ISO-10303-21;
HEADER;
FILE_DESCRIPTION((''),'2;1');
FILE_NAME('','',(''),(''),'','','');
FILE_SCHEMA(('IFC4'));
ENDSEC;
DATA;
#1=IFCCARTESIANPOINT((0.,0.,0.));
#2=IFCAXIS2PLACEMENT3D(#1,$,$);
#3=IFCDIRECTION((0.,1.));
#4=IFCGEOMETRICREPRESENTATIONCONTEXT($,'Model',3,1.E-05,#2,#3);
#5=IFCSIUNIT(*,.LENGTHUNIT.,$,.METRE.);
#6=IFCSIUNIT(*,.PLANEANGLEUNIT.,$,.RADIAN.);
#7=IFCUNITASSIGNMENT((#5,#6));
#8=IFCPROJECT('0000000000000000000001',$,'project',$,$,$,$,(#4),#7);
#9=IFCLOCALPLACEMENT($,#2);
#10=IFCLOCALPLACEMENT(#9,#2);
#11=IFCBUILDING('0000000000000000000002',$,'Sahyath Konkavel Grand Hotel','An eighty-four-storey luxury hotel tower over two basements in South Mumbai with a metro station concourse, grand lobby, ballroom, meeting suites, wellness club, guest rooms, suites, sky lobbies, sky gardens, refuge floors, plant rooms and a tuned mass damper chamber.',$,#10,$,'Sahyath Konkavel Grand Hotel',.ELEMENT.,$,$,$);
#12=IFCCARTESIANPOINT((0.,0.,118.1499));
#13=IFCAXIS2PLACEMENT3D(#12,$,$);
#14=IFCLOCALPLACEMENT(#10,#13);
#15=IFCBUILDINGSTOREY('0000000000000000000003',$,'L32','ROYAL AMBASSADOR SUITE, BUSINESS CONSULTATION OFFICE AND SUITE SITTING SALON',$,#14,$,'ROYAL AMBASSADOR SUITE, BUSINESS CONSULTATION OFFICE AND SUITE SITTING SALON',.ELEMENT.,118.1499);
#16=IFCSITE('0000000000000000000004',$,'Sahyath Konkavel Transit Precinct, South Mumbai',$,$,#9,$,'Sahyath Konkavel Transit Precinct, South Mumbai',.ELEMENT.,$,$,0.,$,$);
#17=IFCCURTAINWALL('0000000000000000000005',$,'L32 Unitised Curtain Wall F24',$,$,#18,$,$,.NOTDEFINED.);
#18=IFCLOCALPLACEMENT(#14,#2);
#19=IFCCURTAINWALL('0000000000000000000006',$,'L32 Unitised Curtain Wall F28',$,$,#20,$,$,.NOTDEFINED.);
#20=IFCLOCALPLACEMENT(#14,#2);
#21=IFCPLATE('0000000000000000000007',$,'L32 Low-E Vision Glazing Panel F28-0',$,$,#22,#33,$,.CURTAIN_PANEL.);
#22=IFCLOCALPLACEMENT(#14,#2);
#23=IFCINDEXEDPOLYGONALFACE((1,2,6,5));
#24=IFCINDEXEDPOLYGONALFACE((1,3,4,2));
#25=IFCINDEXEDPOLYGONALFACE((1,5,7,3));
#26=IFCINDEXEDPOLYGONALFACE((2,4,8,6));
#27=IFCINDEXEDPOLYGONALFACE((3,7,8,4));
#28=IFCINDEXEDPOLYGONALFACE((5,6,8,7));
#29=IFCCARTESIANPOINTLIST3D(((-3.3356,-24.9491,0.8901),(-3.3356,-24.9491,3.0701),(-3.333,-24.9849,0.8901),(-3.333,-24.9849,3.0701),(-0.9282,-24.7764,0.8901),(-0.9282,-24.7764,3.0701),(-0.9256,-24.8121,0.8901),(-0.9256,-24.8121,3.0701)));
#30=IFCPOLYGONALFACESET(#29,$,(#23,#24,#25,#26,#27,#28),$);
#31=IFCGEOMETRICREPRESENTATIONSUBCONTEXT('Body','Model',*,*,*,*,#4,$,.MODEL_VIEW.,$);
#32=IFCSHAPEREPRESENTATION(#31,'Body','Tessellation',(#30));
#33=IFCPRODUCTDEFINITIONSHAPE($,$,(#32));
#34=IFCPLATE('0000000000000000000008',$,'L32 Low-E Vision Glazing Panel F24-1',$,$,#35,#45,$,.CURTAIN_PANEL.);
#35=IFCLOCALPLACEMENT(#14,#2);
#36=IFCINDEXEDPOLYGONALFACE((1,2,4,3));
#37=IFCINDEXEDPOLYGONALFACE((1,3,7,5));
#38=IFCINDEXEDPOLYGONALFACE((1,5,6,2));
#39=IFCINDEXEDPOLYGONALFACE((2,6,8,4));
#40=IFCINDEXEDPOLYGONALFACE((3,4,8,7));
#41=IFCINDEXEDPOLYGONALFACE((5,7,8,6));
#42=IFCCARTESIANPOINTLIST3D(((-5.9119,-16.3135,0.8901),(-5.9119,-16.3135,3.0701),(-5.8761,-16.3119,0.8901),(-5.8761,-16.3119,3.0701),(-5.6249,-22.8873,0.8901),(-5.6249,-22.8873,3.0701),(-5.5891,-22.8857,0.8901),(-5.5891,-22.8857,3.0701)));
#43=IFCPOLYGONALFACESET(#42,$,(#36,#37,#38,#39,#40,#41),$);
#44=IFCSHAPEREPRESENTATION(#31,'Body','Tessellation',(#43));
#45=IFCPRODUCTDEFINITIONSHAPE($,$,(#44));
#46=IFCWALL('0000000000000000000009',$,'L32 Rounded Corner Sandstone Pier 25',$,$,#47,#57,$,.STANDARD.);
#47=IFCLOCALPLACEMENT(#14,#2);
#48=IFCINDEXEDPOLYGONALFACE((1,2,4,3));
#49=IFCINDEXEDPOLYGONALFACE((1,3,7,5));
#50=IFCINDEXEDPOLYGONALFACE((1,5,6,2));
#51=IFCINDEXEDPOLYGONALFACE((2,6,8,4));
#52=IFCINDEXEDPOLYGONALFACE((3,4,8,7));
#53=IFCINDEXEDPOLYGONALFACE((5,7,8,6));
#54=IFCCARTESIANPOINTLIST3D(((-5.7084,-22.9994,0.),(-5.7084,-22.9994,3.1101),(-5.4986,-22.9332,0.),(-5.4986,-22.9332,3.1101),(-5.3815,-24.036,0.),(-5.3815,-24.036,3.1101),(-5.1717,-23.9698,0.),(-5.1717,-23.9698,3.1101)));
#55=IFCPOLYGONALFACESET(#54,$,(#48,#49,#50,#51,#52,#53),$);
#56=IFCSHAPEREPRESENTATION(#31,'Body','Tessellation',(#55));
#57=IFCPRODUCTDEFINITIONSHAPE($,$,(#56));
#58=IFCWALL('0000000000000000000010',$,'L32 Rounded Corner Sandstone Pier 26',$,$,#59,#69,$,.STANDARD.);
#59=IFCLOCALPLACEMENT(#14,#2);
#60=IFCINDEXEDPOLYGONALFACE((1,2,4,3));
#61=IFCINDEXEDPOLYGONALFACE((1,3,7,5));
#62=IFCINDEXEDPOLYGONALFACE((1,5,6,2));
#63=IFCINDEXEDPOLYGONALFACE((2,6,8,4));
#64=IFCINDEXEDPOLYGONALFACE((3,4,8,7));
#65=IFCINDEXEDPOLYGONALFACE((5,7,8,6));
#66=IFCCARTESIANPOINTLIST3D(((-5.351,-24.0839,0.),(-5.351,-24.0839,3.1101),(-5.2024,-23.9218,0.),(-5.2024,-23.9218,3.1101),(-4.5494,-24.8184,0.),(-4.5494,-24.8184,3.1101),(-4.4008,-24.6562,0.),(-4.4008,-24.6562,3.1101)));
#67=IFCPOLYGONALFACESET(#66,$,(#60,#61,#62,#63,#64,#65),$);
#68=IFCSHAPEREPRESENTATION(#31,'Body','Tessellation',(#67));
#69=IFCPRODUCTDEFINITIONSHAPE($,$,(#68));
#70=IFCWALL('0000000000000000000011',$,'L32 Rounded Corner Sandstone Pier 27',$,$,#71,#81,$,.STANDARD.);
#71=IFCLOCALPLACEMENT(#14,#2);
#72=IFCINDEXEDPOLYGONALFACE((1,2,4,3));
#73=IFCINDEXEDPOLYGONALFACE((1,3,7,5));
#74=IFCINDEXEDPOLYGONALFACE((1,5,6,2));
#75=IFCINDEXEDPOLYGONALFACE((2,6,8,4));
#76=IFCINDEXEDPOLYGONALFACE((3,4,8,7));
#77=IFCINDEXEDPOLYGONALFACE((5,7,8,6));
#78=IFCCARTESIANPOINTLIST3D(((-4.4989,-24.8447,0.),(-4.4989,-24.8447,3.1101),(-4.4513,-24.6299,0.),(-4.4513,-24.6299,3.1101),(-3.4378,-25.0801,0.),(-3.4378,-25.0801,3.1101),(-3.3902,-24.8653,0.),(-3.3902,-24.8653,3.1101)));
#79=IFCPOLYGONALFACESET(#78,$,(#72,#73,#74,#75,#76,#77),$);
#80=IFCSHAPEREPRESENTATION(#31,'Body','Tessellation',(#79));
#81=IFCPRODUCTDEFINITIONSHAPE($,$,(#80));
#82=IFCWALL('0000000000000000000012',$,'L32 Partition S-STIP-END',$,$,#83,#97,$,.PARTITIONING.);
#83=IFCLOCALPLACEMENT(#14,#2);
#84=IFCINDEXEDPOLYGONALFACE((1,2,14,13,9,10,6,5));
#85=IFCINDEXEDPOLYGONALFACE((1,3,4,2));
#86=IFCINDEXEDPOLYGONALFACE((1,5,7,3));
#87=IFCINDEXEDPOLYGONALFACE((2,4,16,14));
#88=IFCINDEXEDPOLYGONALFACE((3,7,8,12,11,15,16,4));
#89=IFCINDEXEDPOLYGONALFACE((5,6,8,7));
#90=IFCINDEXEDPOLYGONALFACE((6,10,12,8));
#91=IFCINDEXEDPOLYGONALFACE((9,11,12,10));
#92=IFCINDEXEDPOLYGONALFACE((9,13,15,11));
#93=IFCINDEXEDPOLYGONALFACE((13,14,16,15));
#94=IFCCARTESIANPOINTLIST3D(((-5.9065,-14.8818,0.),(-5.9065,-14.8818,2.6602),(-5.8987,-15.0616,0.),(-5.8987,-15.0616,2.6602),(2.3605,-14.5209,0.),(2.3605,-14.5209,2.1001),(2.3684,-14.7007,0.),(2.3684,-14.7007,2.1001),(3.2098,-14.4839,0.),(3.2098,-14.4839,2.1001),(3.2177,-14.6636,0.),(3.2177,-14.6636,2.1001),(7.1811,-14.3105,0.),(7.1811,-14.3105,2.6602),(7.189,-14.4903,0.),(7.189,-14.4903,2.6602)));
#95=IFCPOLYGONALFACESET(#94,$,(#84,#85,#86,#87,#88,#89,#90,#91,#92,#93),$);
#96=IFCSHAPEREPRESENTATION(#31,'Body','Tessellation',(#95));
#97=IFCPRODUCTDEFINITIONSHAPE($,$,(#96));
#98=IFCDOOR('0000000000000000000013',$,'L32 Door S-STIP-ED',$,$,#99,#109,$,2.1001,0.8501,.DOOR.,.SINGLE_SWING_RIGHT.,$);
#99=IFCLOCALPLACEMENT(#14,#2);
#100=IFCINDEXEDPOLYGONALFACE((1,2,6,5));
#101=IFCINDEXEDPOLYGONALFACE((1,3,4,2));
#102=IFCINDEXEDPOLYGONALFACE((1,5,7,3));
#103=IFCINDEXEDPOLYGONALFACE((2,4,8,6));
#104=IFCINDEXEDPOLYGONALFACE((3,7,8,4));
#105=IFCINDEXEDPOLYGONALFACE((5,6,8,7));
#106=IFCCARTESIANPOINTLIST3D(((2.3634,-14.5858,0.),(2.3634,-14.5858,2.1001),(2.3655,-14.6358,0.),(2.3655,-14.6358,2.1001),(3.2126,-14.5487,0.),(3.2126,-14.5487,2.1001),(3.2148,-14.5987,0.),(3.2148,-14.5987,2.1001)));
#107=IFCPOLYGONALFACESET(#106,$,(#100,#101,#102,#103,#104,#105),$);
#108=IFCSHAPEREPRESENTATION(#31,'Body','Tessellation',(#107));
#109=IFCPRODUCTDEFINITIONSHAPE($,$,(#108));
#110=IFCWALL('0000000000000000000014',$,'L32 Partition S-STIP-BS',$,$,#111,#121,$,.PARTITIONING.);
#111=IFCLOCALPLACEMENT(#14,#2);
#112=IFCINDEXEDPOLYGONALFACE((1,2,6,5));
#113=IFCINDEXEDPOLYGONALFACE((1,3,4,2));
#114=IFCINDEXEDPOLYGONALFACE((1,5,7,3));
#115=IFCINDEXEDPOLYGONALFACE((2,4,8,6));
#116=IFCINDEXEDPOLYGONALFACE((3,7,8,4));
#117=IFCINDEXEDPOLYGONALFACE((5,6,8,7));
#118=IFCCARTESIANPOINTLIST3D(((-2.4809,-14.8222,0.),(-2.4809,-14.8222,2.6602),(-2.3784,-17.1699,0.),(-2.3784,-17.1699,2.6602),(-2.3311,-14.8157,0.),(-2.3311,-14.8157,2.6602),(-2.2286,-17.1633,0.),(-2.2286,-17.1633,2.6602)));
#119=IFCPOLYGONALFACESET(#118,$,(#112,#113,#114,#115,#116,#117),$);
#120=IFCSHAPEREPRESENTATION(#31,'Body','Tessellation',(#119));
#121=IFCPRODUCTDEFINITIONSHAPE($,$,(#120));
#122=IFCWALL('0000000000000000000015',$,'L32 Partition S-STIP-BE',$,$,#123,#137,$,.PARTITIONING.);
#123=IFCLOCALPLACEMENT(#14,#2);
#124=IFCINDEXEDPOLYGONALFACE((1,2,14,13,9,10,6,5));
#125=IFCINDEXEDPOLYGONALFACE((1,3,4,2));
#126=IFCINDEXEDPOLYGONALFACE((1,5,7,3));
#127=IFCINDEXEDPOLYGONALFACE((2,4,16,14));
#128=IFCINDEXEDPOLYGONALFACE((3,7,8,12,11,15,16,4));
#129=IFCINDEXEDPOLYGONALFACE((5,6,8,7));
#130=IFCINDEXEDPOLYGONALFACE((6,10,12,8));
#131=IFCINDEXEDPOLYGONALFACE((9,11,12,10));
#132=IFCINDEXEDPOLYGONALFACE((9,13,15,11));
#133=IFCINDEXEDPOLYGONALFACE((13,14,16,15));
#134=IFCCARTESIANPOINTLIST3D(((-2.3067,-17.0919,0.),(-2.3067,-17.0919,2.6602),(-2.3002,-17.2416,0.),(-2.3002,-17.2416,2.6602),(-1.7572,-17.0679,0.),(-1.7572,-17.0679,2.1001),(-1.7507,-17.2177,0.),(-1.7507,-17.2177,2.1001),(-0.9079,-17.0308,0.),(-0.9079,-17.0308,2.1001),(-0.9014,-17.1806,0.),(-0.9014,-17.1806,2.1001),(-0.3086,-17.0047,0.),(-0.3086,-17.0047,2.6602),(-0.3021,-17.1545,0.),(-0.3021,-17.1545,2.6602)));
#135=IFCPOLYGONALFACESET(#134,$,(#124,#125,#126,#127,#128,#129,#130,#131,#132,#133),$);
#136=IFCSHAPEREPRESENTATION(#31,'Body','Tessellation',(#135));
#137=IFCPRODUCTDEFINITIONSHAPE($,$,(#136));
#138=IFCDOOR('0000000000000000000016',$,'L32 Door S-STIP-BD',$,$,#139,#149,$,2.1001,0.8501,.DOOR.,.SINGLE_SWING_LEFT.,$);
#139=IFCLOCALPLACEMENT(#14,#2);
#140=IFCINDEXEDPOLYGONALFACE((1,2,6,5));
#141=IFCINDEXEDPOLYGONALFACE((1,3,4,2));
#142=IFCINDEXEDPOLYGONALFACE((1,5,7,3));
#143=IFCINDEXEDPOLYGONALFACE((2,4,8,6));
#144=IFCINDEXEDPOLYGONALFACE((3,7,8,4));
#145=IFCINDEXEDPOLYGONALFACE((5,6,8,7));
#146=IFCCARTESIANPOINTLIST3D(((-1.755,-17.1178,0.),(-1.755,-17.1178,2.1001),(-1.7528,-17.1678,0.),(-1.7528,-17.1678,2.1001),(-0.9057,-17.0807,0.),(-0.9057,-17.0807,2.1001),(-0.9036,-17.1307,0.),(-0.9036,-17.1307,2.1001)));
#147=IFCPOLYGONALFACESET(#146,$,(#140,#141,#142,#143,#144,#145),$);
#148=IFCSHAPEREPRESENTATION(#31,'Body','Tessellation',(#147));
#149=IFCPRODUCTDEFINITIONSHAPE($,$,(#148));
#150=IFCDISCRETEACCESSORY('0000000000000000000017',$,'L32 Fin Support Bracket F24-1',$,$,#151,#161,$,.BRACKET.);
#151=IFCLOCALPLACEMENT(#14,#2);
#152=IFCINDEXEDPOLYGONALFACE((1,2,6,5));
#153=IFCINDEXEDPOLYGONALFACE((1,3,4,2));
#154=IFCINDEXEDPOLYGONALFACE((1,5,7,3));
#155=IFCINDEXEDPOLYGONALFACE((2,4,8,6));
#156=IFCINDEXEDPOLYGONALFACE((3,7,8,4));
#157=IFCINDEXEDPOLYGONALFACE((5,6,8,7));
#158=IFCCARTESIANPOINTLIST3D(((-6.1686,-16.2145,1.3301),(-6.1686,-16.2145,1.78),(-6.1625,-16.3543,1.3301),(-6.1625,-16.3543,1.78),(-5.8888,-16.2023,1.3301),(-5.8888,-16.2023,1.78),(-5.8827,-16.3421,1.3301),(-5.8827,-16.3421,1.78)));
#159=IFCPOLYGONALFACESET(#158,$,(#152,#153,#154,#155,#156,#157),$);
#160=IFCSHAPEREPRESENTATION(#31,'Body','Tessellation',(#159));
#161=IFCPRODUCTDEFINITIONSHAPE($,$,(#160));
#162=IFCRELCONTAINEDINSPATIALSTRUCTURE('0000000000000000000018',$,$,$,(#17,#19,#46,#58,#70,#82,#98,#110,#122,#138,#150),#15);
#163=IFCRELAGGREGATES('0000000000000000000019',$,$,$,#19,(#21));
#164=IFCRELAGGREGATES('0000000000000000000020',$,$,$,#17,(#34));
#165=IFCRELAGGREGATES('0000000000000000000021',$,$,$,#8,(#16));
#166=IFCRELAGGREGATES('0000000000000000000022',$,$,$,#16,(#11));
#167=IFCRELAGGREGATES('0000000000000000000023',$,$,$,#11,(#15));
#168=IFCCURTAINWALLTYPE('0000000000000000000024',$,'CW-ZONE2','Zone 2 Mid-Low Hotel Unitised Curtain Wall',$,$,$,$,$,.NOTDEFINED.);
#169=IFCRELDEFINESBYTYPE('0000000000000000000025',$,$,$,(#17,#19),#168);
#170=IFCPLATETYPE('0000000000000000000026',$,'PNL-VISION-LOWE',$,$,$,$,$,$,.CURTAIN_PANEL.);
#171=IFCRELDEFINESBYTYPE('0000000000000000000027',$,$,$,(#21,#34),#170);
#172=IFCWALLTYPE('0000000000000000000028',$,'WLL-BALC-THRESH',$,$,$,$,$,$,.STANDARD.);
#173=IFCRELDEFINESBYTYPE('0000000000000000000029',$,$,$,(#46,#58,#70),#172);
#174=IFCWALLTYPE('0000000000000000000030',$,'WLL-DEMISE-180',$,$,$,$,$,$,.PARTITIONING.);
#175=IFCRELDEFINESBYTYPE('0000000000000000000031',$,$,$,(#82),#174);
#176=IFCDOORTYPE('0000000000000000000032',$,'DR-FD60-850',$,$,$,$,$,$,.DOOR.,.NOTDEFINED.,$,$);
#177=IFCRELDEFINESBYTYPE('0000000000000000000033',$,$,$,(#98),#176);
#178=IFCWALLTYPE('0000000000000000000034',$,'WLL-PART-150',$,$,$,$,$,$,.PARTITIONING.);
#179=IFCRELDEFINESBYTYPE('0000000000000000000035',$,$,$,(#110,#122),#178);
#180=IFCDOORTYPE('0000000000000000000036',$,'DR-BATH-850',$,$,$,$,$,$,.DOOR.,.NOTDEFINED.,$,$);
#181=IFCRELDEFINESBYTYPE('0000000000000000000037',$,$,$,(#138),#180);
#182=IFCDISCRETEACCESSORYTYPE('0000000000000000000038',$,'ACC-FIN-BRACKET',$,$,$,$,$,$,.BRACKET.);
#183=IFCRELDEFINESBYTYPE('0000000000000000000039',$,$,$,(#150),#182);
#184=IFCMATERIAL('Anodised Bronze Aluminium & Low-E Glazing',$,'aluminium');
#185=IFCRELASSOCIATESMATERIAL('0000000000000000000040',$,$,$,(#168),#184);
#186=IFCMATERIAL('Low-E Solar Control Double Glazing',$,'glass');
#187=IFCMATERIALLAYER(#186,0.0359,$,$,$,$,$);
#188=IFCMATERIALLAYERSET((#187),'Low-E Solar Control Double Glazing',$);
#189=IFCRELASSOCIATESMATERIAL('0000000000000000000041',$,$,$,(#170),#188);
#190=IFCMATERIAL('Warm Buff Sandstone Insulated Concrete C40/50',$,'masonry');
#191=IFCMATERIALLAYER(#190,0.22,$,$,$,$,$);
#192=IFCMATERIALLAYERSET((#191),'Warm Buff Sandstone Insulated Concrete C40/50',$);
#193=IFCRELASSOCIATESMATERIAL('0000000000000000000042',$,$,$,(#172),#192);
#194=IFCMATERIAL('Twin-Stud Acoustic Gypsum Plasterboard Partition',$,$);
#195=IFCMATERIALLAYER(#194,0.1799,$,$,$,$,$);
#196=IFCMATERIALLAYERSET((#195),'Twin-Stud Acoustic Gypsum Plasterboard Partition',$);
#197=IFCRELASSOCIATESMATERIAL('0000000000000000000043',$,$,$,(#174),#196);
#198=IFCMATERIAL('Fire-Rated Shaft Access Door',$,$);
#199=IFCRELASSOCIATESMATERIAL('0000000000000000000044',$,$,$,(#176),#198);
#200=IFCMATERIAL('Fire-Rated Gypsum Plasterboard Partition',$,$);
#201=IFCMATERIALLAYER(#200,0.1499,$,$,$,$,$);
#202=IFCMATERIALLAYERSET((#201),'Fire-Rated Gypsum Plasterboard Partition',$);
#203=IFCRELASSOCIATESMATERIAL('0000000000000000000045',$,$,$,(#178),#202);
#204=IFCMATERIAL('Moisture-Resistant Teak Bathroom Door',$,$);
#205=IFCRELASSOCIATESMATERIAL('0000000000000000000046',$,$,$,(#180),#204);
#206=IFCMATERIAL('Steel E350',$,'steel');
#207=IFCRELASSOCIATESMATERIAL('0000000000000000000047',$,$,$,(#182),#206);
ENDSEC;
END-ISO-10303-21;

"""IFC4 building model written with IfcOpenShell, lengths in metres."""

from ifc_helpers import new_model, si_unit, direction, frame, frame_2d, origin, origin_2d, place, context, subcontext, project, spatial, rectangle, extrude, source, transform, mapped, material, layer, layer_set, type_object, element, fill, aggregate, save


model = new_model("IFC4")

# Units and contexts
model_context = context("Model", 3, precision=1e-05, world=origin(), true_north=direction((0.0, 1.0)))
body_context = subcontext(model_context, "Body", "Model", "MODEL_VIEW")
ifc_project = project(units=[si_unit("LENGTHUNIT", "METRE"), si_unit("PLANEANGLEUNIT", "RADIAN")], contexts=[model_context])

# Site, building, storey
site_placement = place(None, origin())
site = spatial("IfcSite", under=ifc_project, at=site_placement, Name="Sahyath Konkavel Transit Precinct, South Mumbai", LongName="Sahyath Konkavel Transit Precinct, South Mumbai", CompositionType="ELEMENT", RefElevation=0.0)
building_placement = place(site_placement, origin())
building = spatial("IfcBuilding", under=site, at=building_placement, Name="Sahyath Konkavel Grand Hotel", Description="An eighty-four-storey luxury hotel tower over two basements in South Mumbai with a metro station concourse, grand lobby, ballroom, meeting suites, wellness club, guest rooms, suites, sky lobbies, sky gardens, refuge floors, plant rooms and a tuned mass damper chamber.", LongName="Sahyath Konkavel Grand Hotel", CompositionType="ELEMENT")
storey_placement = place(building_placement, frame((0.0, 0.0, 118.1499)))
storey = spatial("IfcBuildingStorey", under=building, at=storey_placement, Name="L32", Description="ROYAL AMBASSADOR SUITE, BUSINESS CONSULTATION OFFICE AND SUITE SITTING SALON", LongName="ROYAL AMBASSADOR SUITE, BUSINESS CONSULTATION OFFICE AND SUITE SITTING SALON", CompositionType="ELEMENT", Elevation=118.1499)

# Shared definitions
ifc_material_1 = material(Name="Steel E350", Category="steel")

# Curtain walls
ifc_material_2 = material(Name="Anodised Bronze Aluminium & Low-E Glazing", Category="aluminium")
curtain_wall_type = type_object("IfcCurtainWallType", Name="CW-ZONE2", Description="Zone 2 Mid-Low Hotel Unitised Curtain Wall", PredefinedType="NOTDEFINED", material=ifc_material_2)
curtain_wall_1_placement = place(storey_placement, origin())
curtain_wall_1 = element("IfcCurtainWall", 1, at=curtain_wall_1_placement, inside=storey, type_object=curtain_wall_type, Name="L32 Unitised Curtain Wall F24", PredefinedType="NOTDEFINED")
curtain_wall_2_placement = place(storey_placement, origin())
curtain_wall_2 = element("IfcCurtainWall", 2, at=curtain_wall_2_placement, inside=storey, type_object=curtain_wall_type, Name="L32 Unitised Curtain Wall F28", PredefinedType="NOTDEFINED")

# Plates
ifc_material_3 = material(Name="Low-E Solar Control Double Glazing", Category="glass")
ifc_layer_1 = layer(ifc_material_3, 0.0359)
ifc_layer_set_1 = layer_set([ifc_layer_1], Name="Low-E Solar Control Double Glazing")
plate_type_1 = type_object("IfcPlateType", Name="PNL-VISION-LOWE", PredefinedType="CURTAIN_PANEL", material=ifc_layer_set_1)
shared_shape_1 = source(origin(), body_context, "Body", "SweptSolid", [
    extrude(rectangle(XDim=2.4136, YDim=0.0359, at=origin_2d()), origin(), (0.0, 0.0, 1.0), 2.1799),
])
plate_1_placement = place(storey_placement, frame((-2.1306, -24.8806, 0.8901), z_axis=(0.0, 0.0, 1.0), x_axis=(0.997436, 0.071567, 0.0)))
plate_1 = element("IfcPlate", 3, at=plate_1_placement, type_object=plate_type_1, Name="L32 Low-E Vision Glazing Panel F28-0", PredefinedType="CURTAIN_PANEL", context=body_context, shape_type="MappedRepresentation", body=[
    mapped(shared_shape_1, transform((0.0, 0.0, 0.0), scale=1.0)),
])
aggregate(curtain_wall_2, [plate_1])
shared_shape_2 = source(origin(), body_context, "Body", "SweptSolid", [
    extrude(rectangle(XDim=6.5801, YDim=0.0359, at=origin_2d()), origin(), (0.0, 0.0, 1.0), 2.1799),
])
plate_2_placement = place(storey_placement, frame((-5.7505, -19.5996, 0.8901), z_axis=(0.0, 0.0, 1.0), x_axis=(0.043619, -0.999048, 0.0)))
plate_2 = element("IfcPlate", 4, at=plate_2_placement, type_object=plate_type_1, Name="L32 Low-E Vision Glazing Panel F24-1", PredefinedType="CURTAIN_PANEL", context=body_context, shape_type="MappedRepresentation", body=[
    mapped(shared_shape_2, transform((0.0, 0.0, 0.0), scale=1.0)),
])
aggregate(curtain_wall_1, [plate_2])

# Walls
ifc_material_4 = material(Name="Warm Buff Sandstone Insulated Concrete C40/50", Category="masonry")
ifc_layer_2 = layer(ifc_material_4, 0.22)
ifc_layer_set_2 = layer_set([ifc_layer_2], Name="Warm Buff Sandstone Insulated Concrete C40/50")
wall_type_1 = type_object("IfcWallType", Name="WLL-BALC-THRESH", PredefinedType="STANDARD", material=ifc_layer_set_2)
wall_1_placement = place(storey_placement, frame((-5.6035, -22.9663, 0.0), z_axis=(0.0, 0.0, 1.0), x_axis=(0.300755, -0.953701, 0.0)))
element("IfcWall", 5, at=wall_1_placement, inside=storey, type_object=wall_type_1, Name="L32 Rounded Corner Sandstone Pier 25", PredefinedType="STANDARD", context=body_context, shape_type="SweptSolid", body=[
    extrude(rectangle(XDim=1.0869, YDim=0.22, at=frame_2d((0.5435, 0.0))), origin(), (0.0, 0.0, 1.0), 3.1101),
])
wall_2_placement = place(storey_placement, frame((-5.2766, -24.0029, 0.0), z_axis=(0.0, 0.0, 1.0), x_axis=(0.737313, -0.675552, 0.0)))
element("IfcWall", 6, at=wall_2_placement, inside=storey, type_object=wall_type_1, Name="L32 Rounded Corner Sandstone Pier 26", PredefinedType="STANDARD", context=body_context, shape_type="SweptSolid", body=[
    extrude(rectangle(XDim=1.0872, YDim=0.22, at=frame_2d((0.5435, 0.0))), origin(), (0.0, 0.0, 1.0), 3.1101),
])
wall_3_placement = place(storey_placement, frame((-4.4751, -24.7373, 0.0), z_axis=(0.0, 0.0, 1.0), x_axis=(0.976272, -0.21655, 0.0)))
element("IfcWall", 7, at=wall_3_placement, inside=storey, type_object=wall_type_1, Name="L32 Rounded Corner Sandstone Pier 27", PredefinedType="STANDARD", context=body_context, shape_type="SweptSolid", body=[
    extrude(rectangle(XDim=1.0869, YDim=0.22, at=frame_2d((0.5435, 0.0))), origin(), (0.0, 0.0, 1.0), 3.1101),
])

# Wall, opening, door
ifc_material_5 = material(Name="Twin-Stud Acoustic Gypsum Plasterboard Partition")
ifc_layer_3 = layer(ifc_material_5, 0.1799)
ifc_layer_set_3 = layer_set([ifc_layer_3], Name="Twin-Stud Acoustic Gypsum Plasterboard Partition")
wall_type_2 = type_object("IfcWallType", Name="WLL-DEMISE-180", PredefinedType="PARTITIONING", material=ifc_layer_set_3)
wall_4_placement = place(storey_placement, frame((-5.9026, -14.9717, 0.0), z_axis=(0.0, 0.0, 1.0), x_axis=(0.999049, 0.043609, 0.0)))
wall_4 = element("IfcWall", 8, at=wall_4_placement, inside=storey, type_object=wall_type_2, Name="L32 Partition S-STIP-END", PredefinedType="PARTITIONING", context=body_context, shape_type="SweptSolid", body=[
    extrude(rectangle(XDim=13.1001, YDim=0.1799, at=frame_2d((6.55, 0.0))), origin(), (0.0, 0.0, 1.0), 2.6602),
])
opening_1_placement = place(wall_4_placement, frame((8.2749, 0.0, 0.0)))
opening_1 = element("IfcOpeningElement", 9, at=opening_1_placement, cuts=wall_4, PredefinedType="OPENING", context=body_context, shape_type="SweptSolid", body=[
    extrude(rectangle(XDim=0.8501, YDim=2.1001, at=frame_2d((0.425, 1.05))), frame((0.0, 0.1001, 0.0), z_axis=(0.0, -1.0, 0.0), x_axis=(1.0, 0.0, 0.0)), (0.0, 0.0, 1.0), 0.2),
])
ifc_material_6 = material(Name="Fire-Rated Shaft Access Door")
door_type_1 = type_object("IfcDoorType", Name="DR-FD60-850", OperationType="NOTDEFINED", PredefinedType="DOOR", material=ifc_material_6)
shared_shape_3 = source(origin(), body_context, "Body", "SweptSolid", [
    extrude(rectangle(XDim=0.8501, YDim=0.05, at=origin_2d()), origin(), (0.0, 0.0, 1.0), 2.1001),
])
door_1_placement = place(opening_1_placement, frame((0.425, 0.0, 0.0)))
door_1 = element("IfcDoor", 10, at=door_1_placement, inside=storey, type_object=door_type_1, Name="L32 Door S-STIP-ED", OperationType="SINGLE_SWING_RIGHT", OverallHeight=2.1001, OverallWidth=0.8501, PredefinedType="DOOR", context=body_context, shape_type="MappedRepresentation", body=[
    mapped(shared_shape_3, transform((0.0, 0.0, 0.0), scale=1.0)),
])
fill(opening_1, door_1)

# Wall
ifc_material_7 = material(Name="Fire-Rated Gypsum Plasterboard Partition")
ifc_layer_4 = layer(ifc_material_7, 0.1499)
ifc_layer_set_4 = layer_set([ifc_layer_4], Name="Fire-Rated Gypsum Plasterboard Partition")
wall_type_3 = type_object("IfcWallType", Name="WLL-PART-150", PredefinedType="PARTITIONING", material=ifc_layer_set_4)
wall_5_placement = place(storey_placement, frame((-2.406, -14.8191, 0.0), z_axis=(0.0, 0.0, 1.0), x_axis=(0.043636, -0.999048, 0.0)))
element("IfcWall", 11, at=wall_5_placement, inside=storey, type_object=wall_type_3, Name="L32 Partition S-STIP-BS", PredefinedType="PARTITIONING", context=body_context, shape_type="SweptSolid", body=[
    extrude(rectangle(XDim=2.3499, YDim=0.1499, at=frame_2d((1.1748, 0.0))), origin(), (0.0, 0.0, 1.0), 2.6602),
])

# Wall, opening, door
wall_6_placement = place(storey_placement, frame((-2.3035, -17.1667, 0.0), z_axis=(0.0, 0.0, 1.0), x_axis=(0.99905, 0.04358, 0.0)))
wall_6 = element("IfcWall", 12, at=wall_6_placement, inside=storey, type_object=wall_type_3, Name="L32 Partition S-STIP-BE", PredefinedType="PARTITIONING", context=body_context, shape_type="SweptSolid", body=[
    extrude(rectangle(XDim=2.0, YDim=0.1499, at=frame_2d((1.0, 0.0))), origin(), (0.0, 0.0, 1.0), 2.6602),
])
opening_2_placement = place(wall_6_placement, frame((0.55, 0.0, 0.0)))
opening_2 = element("IfcOpeningElement", 13, at=opening_2_placement, cuts=wall_6, PredefinedType="OPENING", context=body_context, shape_type="SweptSolid", body=[
    extrude(rectangle(XDim=0.8501, YDim=2.1001, at=frame_2d((0.425, 1.05))), frame((0.0, 0.085, 0.0), z_axis=(0.0, -1.0, 0.0), x_axis=(1.0, 0.0, 0.0)), (0.0, 0.0, 1.0), 0.1699),
])
ifc_material_8 = material(Name="Moisture-Resistant Teak Bathroom Door")
door_type_2 = type_object("IfcDoorType", Name="DR-BATH-850", OperationType="NOTDEFINED", PredefinedType="DOOR", material=ifc_material_8)
door_2_placement = place(opening_2_placement, frame((0.425, 0.0, 0.0)))
door_2 = element("IfcDoor", 14, at=door_2_placement, inside=storey, type_object=door_type_2, Name="L32 Door S-STIP-BD", OperationType="SINGLE_SWING_LEFT", OverallHeight=2.1001, OverallWidth=0.8501, PredefinedType="DOOR", context=body_context, shape_type="MappedRepresentation", body=[
    mapped(shared_shape_3, transform((0.0, 0.0, 0.0), scale=1.0)),
])
fill(opening_2, door_2)

# Discrete accessory
discrete_accessory_type = type_object("IfcDiscreteAccessoryType", Name="ACC-FIN-BRACKET", PredefinedType="BRACKET", material=ifc_material_1)
shared_shape_4 = source(origin(), body_context, "Body", "SweptSolid", [
    extrude(rectangle(XDim=0.28, YDim=0.1399, at=origin_2d()), origin(), (0.0, 0.0, 1.0), 0.45),
])
discrete_accessory_placement = place(storey_placement, frame((-6.0256, -16.2783, 1.3301), z_axis=(0.0, 0.0, 1.0), x_axis=(-0.999048, -0.043619, 0.0)))
element("IfcDiscreteAccessory", 15, at=discrete_accessory_placement, inside=storey, type_object=discrete_accessory_type, Name="L32 Fin Support Bracket F24-1", PredefinedType="BRACKET", context=body_context, shape_type="MappedRepresentation", body=[
    mapped(shared_shape_4, transform((0.0, 0.0, 0.0), scale=1.0)),
])

save(model, "model.ifc")
